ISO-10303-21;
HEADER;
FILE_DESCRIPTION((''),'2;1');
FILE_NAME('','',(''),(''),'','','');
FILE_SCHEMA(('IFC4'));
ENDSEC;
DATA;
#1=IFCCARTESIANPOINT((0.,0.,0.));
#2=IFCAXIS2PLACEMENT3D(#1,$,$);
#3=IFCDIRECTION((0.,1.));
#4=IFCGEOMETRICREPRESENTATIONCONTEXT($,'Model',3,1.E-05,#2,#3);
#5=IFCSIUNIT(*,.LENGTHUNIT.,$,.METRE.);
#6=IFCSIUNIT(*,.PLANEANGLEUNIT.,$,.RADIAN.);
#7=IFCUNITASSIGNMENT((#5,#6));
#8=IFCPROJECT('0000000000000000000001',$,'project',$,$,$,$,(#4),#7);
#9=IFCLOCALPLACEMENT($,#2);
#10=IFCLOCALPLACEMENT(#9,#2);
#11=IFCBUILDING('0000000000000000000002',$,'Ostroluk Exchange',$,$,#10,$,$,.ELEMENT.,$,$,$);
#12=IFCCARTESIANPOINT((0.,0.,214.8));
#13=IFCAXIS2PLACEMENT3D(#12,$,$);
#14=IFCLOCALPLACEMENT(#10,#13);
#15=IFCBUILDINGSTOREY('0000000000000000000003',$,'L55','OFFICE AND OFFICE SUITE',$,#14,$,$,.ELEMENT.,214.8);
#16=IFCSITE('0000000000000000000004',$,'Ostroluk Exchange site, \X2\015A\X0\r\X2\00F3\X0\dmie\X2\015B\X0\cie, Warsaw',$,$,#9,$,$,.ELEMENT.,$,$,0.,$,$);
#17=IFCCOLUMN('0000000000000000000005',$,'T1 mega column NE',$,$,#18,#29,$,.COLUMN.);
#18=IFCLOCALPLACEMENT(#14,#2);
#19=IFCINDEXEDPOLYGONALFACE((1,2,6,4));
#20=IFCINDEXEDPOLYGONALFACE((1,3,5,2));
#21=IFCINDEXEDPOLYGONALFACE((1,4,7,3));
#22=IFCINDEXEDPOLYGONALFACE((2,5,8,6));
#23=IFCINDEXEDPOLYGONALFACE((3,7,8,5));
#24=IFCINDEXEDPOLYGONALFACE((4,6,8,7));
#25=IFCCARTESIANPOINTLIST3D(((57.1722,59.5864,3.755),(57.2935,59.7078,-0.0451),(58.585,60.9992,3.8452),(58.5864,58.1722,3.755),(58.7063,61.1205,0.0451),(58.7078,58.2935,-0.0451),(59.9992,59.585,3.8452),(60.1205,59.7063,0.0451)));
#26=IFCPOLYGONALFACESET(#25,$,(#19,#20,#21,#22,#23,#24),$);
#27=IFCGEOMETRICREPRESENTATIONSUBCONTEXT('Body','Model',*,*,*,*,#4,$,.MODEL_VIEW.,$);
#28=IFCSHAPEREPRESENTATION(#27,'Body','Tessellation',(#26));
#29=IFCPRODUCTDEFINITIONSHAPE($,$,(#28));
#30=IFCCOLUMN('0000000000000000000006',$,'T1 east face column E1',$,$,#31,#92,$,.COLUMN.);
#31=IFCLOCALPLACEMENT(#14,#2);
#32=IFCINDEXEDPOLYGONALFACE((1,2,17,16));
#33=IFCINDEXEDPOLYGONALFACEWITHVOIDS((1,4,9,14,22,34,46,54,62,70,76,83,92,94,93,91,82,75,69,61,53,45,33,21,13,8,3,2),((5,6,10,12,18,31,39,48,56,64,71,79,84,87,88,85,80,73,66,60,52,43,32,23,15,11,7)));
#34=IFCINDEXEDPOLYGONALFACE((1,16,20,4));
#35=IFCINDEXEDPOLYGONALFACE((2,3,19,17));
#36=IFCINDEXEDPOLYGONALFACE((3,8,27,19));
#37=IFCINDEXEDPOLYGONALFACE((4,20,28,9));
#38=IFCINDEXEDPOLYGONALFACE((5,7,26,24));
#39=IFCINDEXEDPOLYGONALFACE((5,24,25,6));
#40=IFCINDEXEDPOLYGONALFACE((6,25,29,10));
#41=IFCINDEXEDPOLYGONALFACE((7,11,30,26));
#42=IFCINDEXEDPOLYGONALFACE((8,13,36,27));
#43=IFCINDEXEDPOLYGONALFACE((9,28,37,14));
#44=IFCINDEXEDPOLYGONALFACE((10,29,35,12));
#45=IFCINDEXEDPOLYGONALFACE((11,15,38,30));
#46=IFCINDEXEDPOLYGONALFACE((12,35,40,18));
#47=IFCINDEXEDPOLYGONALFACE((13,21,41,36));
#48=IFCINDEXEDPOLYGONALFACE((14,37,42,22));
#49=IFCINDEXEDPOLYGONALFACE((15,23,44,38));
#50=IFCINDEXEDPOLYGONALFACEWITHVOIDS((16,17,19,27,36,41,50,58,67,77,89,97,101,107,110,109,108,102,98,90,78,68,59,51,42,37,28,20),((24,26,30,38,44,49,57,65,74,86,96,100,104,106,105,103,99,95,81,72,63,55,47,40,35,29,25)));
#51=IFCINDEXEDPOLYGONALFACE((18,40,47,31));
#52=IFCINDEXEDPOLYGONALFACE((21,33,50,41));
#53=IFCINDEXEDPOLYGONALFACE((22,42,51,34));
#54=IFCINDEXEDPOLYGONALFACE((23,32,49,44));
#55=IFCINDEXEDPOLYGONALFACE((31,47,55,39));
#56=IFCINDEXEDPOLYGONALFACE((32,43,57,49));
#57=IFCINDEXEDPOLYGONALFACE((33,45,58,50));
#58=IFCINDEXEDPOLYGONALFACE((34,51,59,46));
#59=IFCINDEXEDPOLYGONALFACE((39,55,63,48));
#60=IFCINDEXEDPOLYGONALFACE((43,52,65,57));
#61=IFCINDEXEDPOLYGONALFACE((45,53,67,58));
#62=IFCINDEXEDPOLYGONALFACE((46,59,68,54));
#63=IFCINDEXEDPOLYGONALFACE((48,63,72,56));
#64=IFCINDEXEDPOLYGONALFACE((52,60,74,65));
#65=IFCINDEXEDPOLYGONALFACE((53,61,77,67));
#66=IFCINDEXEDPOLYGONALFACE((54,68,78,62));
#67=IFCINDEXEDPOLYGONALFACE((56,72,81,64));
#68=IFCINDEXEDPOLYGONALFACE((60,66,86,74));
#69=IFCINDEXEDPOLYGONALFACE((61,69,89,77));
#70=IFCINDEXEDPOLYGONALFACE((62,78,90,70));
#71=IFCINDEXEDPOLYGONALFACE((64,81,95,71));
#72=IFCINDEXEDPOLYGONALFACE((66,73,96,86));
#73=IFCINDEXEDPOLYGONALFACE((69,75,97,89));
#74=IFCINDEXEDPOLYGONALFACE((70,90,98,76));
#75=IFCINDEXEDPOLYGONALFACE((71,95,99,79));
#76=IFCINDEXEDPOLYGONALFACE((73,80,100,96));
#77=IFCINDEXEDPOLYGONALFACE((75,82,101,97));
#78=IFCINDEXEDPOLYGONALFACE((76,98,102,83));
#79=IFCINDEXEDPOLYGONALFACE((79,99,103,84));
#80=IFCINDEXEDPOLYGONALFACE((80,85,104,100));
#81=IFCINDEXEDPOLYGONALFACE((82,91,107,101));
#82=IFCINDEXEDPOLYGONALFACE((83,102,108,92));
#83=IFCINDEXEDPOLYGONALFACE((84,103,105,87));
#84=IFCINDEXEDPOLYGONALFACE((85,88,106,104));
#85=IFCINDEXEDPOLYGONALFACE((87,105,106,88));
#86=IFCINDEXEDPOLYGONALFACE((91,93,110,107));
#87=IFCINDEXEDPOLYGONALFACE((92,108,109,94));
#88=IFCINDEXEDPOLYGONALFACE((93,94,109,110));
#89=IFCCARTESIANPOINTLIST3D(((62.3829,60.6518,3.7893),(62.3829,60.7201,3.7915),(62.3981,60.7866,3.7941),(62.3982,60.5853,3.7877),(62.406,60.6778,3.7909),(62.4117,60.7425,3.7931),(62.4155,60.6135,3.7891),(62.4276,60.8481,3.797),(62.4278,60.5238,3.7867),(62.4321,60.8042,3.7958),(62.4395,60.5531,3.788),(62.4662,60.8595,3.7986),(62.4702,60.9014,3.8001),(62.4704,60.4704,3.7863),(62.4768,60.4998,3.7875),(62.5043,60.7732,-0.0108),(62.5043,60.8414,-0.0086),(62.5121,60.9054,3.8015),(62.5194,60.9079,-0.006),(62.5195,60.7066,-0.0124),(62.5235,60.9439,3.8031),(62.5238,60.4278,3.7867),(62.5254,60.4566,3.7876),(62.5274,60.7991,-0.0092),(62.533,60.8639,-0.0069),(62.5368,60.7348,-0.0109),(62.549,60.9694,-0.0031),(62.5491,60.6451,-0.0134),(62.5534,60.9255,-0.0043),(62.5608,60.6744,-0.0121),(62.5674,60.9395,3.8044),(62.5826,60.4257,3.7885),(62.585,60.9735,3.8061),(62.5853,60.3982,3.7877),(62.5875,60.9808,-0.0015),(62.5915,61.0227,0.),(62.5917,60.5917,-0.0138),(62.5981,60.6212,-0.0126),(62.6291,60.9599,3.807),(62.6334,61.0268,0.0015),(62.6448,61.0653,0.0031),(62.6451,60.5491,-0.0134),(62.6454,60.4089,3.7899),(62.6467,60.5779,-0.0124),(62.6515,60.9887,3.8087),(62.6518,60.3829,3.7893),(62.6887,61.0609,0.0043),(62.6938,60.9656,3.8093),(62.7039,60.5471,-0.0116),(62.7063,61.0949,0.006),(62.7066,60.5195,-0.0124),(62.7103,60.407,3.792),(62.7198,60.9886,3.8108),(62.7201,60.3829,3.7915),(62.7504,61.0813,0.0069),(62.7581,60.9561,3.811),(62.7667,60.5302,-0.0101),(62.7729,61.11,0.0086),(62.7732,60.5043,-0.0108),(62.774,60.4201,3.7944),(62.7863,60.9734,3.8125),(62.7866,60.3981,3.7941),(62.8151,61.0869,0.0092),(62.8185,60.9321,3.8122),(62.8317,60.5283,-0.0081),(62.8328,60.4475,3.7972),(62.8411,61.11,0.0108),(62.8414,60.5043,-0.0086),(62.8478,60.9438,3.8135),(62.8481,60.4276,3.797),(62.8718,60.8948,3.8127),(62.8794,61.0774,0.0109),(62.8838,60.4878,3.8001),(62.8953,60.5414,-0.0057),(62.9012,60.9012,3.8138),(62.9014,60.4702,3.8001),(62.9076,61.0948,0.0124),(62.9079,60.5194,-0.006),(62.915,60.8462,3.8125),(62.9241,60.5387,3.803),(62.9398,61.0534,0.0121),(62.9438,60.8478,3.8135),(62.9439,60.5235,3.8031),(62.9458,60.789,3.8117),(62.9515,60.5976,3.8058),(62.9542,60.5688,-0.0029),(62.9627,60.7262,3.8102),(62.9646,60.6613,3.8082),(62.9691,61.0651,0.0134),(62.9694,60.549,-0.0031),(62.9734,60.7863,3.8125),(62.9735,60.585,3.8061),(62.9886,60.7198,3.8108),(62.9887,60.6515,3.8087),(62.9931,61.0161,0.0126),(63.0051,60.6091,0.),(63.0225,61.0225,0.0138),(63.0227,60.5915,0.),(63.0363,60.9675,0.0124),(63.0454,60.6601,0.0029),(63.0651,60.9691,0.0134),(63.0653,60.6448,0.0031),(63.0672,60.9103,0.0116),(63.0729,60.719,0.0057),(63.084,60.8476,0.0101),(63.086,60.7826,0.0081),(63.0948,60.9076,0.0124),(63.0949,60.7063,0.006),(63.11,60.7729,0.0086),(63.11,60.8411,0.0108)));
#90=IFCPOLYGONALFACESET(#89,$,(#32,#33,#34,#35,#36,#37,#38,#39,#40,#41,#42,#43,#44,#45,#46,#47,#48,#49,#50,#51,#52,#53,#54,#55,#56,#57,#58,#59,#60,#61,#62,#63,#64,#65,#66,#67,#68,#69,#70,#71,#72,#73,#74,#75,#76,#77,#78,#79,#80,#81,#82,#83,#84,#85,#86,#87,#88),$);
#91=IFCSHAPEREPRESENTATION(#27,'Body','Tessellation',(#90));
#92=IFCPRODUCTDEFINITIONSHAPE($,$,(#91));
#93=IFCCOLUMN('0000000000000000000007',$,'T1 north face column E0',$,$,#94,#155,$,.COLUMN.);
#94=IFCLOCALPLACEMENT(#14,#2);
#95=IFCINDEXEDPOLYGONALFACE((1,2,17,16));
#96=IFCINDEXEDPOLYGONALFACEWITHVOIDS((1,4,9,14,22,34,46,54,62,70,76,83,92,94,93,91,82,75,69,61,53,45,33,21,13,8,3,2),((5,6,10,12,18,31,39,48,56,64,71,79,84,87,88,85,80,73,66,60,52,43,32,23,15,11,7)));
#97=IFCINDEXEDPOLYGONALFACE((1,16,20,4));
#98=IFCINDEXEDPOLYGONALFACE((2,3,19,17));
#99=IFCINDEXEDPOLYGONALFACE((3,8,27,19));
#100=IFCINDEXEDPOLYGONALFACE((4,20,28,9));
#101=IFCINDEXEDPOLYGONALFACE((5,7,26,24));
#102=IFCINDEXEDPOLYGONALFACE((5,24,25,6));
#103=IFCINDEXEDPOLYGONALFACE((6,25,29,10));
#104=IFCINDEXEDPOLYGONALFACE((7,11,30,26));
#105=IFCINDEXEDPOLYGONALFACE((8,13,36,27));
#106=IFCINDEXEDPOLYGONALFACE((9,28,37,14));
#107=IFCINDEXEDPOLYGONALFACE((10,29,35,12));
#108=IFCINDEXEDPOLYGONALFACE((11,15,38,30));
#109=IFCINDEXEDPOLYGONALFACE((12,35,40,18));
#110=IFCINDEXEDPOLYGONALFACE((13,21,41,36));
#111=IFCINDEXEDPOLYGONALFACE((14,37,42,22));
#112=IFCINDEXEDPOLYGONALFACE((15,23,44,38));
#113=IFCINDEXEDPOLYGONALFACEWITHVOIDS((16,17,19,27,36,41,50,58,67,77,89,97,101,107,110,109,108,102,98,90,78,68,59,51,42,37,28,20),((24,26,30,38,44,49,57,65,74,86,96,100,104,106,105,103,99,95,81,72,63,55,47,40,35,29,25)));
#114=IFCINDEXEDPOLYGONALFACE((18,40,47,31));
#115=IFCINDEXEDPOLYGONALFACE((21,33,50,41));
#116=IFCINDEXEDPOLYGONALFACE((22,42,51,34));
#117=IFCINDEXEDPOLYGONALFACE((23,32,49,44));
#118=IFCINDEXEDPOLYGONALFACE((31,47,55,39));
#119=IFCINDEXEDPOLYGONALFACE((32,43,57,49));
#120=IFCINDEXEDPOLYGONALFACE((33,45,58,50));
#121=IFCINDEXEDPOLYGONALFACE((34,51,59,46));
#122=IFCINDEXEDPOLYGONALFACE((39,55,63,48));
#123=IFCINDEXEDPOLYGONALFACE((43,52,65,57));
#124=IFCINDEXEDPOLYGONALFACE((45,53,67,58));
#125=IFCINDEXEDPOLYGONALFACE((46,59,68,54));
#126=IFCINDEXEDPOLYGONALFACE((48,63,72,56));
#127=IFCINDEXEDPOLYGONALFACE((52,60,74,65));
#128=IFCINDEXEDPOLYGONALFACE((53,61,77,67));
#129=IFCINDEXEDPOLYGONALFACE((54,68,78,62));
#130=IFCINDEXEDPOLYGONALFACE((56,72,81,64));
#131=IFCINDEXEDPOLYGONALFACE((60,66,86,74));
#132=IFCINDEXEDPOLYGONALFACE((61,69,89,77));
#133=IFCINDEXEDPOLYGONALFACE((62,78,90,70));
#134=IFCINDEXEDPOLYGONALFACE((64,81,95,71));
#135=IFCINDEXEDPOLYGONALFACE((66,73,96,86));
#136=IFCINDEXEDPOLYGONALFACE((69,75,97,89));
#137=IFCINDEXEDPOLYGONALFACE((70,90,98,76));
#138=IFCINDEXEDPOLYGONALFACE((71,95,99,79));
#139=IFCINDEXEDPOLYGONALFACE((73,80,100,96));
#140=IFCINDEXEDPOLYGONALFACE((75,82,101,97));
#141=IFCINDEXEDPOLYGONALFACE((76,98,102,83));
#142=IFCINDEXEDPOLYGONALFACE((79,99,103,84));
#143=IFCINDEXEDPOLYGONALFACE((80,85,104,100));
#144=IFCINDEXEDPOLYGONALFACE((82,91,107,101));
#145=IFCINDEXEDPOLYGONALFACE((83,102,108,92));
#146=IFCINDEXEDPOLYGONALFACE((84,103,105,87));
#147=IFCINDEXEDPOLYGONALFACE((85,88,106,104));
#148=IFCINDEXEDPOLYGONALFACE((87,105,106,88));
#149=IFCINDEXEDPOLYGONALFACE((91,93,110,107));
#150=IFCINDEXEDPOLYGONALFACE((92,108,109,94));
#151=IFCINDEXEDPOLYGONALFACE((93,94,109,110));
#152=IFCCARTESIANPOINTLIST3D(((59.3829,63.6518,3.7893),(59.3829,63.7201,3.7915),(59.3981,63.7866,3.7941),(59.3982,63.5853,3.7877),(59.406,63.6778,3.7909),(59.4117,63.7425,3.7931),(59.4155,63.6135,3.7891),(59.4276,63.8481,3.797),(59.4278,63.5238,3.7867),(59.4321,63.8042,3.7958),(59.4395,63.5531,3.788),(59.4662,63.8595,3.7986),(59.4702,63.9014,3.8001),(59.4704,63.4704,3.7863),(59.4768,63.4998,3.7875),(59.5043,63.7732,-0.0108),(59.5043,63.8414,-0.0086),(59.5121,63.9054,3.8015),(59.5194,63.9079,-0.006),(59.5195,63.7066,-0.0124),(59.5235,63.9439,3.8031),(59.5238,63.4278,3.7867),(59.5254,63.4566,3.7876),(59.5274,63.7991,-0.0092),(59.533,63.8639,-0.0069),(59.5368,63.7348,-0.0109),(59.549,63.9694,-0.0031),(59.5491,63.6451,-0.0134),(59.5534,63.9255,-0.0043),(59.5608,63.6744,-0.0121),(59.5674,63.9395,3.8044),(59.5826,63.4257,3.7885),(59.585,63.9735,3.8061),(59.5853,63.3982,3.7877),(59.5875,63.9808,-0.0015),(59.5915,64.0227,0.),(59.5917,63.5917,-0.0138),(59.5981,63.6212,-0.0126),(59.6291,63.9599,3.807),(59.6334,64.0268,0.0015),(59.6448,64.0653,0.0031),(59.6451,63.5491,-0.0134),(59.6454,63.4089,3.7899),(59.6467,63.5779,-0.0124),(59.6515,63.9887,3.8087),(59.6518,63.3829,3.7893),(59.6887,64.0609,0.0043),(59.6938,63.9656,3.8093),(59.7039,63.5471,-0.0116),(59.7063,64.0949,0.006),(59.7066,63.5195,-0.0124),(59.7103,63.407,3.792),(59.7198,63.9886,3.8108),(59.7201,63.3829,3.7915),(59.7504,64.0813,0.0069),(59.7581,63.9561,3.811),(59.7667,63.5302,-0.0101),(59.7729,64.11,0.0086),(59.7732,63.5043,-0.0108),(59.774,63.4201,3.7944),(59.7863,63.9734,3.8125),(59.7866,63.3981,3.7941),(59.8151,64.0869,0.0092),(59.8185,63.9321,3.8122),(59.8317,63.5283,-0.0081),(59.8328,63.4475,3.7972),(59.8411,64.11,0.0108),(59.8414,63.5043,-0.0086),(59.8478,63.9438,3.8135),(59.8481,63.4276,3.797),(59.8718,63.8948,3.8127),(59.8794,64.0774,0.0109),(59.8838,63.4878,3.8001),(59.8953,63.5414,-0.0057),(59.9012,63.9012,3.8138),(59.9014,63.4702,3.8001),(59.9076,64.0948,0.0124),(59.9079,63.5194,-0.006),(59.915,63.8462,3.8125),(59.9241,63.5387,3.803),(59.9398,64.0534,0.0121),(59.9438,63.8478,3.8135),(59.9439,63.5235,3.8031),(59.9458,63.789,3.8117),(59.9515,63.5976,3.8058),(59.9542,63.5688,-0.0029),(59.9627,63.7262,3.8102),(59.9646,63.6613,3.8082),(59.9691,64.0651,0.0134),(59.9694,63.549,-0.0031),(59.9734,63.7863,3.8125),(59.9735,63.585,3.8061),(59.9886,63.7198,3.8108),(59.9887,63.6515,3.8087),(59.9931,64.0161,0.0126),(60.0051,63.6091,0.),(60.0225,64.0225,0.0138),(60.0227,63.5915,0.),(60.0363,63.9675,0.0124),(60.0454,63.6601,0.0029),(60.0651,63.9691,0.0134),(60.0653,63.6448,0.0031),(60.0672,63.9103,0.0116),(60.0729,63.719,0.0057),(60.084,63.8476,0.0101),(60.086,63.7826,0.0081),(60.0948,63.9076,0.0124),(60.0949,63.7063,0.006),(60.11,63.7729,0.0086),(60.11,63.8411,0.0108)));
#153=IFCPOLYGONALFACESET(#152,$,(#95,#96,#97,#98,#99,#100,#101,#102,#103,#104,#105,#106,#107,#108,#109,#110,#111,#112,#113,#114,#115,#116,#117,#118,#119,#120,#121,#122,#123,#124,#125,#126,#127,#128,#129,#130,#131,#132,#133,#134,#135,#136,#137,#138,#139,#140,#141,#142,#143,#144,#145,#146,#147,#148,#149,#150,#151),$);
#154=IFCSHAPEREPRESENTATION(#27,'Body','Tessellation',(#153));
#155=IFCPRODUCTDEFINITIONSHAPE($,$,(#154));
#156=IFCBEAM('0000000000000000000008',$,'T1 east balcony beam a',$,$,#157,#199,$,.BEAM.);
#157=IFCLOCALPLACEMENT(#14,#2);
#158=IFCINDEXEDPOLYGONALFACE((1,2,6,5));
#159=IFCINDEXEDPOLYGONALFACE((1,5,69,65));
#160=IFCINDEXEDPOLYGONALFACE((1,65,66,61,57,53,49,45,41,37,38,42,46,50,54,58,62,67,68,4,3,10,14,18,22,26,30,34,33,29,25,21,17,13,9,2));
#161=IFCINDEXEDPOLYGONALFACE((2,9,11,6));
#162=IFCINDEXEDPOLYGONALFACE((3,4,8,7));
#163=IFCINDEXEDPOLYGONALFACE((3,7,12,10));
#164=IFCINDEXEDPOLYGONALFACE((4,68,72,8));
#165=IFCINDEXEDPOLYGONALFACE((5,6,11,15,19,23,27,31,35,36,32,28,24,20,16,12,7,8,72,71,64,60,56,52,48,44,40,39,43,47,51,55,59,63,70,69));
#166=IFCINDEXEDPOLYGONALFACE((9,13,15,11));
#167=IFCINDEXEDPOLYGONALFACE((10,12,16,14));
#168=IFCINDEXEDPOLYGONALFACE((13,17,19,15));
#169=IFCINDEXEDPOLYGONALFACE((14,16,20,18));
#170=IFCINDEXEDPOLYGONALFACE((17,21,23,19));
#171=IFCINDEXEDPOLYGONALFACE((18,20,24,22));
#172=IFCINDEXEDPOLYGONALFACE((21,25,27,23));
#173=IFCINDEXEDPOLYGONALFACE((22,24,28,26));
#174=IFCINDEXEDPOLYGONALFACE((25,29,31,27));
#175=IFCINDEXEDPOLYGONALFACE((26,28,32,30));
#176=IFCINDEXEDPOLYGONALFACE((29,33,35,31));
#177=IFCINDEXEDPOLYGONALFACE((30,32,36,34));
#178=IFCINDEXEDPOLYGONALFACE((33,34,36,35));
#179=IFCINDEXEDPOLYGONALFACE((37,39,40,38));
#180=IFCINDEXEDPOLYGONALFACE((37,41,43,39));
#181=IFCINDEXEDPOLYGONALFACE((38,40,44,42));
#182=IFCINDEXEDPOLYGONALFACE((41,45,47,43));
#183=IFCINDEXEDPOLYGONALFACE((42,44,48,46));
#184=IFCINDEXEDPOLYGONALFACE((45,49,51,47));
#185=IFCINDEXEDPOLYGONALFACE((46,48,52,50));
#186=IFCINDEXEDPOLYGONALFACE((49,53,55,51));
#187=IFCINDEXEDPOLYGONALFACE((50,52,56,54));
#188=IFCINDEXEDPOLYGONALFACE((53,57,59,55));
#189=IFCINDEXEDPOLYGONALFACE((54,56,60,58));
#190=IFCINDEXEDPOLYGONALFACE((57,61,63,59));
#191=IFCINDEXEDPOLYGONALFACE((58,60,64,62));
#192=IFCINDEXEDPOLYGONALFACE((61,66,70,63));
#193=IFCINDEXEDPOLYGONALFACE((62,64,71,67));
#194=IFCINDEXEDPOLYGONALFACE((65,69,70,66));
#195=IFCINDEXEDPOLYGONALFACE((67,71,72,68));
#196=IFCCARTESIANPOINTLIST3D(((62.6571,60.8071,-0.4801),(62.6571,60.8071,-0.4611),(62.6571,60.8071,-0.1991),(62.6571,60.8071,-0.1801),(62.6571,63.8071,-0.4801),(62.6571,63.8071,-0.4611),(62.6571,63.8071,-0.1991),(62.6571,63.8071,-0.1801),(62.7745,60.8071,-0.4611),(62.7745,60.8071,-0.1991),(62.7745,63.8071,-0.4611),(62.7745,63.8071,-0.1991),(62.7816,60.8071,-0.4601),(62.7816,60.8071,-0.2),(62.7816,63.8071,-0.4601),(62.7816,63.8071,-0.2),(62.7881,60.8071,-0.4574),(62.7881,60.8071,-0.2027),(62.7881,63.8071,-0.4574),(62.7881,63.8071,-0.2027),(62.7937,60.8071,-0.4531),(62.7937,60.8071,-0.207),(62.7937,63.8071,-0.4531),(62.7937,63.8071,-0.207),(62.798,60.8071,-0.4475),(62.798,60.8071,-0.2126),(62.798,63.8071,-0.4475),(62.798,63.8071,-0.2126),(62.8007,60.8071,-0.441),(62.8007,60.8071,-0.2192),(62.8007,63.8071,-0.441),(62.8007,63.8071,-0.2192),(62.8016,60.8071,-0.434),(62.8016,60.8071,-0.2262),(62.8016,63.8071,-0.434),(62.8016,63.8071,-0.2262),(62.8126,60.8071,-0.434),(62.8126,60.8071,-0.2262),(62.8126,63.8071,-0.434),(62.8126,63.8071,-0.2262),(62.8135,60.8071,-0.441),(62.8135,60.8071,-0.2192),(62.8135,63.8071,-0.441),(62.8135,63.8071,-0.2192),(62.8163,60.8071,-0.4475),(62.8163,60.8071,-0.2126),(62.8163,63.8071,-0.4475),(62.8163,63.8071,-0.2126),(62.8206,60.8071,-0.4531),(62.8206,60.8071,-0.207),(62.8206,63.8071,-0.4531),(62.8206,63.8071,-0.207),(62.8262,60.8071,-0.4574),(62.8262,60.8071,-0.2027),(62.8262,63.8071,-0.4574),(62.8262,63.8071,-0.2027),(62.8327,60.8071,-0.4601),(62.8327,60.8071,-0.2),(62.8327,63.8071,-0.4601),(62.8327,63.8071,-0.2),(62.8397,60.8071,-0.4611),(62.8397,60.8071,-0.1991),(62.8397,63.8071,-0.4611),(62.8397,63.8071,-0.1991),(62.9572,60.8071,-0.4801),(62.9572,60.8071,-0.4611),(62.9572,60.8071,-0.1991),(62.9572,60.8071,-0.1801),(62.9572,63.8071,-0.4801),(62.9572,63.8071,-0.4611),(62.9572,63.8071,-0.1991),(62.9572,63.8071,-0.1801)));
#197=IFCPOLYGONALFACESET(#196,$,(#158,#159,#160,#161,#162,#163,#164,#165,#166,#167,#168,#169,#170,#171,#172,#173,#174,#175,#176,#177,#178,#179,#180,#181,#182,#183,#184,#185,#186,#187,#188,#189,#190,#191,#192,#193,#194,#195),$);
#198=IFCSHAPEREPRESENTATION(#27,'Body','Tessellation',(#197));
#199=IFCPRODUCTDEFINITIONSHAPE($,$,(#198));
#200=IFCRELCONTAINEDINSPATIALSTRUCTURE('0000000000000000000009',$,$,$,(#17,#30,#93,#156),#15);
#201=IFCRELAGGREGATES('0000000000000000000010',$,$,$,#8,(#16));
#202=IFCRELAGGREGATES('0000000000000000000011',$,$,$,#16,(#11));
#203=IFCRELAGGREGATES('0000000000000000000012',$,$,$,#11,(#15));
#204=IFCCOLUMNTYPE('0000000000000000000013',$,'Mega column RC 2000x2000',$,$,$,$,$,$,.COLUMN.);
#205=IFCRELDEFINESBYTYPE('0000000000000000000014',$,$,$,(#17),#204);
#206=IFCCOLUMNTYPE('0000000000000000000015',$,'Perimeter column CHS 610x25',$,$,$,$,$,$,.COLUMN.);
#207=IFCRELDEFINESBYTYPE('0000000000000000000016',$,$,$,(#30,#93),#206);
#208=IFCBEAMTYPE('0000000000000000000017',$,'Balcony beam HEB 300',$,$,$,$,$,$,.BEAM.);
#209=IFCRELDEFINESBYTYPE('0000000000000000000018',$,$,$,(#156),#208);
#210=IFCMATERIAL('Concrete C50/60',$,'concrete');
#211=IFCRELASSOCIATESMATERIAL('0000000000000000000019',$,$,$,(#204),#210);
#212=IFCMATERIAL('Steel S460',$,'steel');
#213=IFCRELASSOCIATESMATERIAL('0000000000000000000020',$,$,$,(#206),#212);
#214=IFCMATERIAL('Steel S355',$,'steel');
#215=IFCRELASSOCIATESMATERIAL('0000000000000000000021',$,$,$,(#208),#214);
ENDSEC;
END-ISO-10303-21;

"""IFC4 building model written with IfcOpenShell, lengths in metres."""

from ifc_helpers import new_model, si_unit, direction, frame, origin, origin_2d, place, context, subcontext, project, spatial, rectangle, hollow_circle, i_section, extrude, material, material_profile, profile_set, type_object, element, save


model = new_model("IFC4")

# Units and contexts
model_context = context("Model", 3, precision=1e-05, world=origin(), true_north=direction((0.0, 1.0)))
body_context = subcontext(model_context, "Body", "Model", "MODEL_VIEW")
ifc_project = project(units=[si_unit("LENGTHUNIT", "METRE"), si_unit("PLANEANGLEUNIT", "RADIAN")], contexts=[model_context])

# Site, building, storey
site_placement = place(None, origin())
site = spatial("IfcSite", under=ifc_project, at=site_placement, Name="Ostroluk Exchange site, Śródmieście, Warsaw", CompositionType="ELEMENT", RefElevation=0.0)
building_placement = place(site_placement, origin())
building = spatial("IfcBuilding", under=site, at=building_placement, Name="Ostroluk Exchange", CompositionType="ELEMENT")
storey_placement = place(building_placement, frame((0.0, 0.0, 214.8)))
storey = spatial("IfcBuildingStorey", under=building, at=storey_placement, Name="L55", Description="OFFICE AND OFFICE SUITE", CompositionType="ELEMENT", Elevation=214.8)

# Columns
ifc_material_1 = material(Name="Concrete C50/60", Category="concrete")
ifc_material_profile_1 = material_profile(ifc_material_1, rectangle(XDim=2.0, YDim=2.0, at=origin_2d()), Name="RC 2000x2000")
ifc_profile_set_1 = profile_set([ifc_material_profile_1], Name="Concrete C50/60")
column_type_1 = type_object("IfcColumnType", Name="Mega column RC 2000x2000", PredefinedType="COLUMN", material=ifc_profile_set_1)
column_placement = place(storey_placement, frame((58.707, 59.707, 0.0), z_axis=(-0.031898, -0.031898, 0.998982), x_axis=(0.707107, -0.707107, 0.0)))
element("IfcColumn", 1, at=column_placement, inside=storey, type_object=column_type_1, Name="T1 mega column NE", PredefinedType="COLUMN", context=body_context, shape_type="SweptSolid", body=[
    extrude(rectangle(XDim=2.0, YDim=2.0, at=origin_2d()), origin(), (0.0, 0.0, 1.0), 3.804),
])
ifc_material_2 = material(Name="Steel S460", Category="steel")
ifc_material_profile_2 = material_profile(ifc_material_2, hollow_circle(Radius=0.3049, WallThickness=0.0249, at=origin_2d()), Name="CHS 610x25")
ifc_profile_set_2 = profile_set([ifc_material_profile_2], Name="Steel S460")
column_type_2 = type_object("IfcColumnType", Name="Perimeter column CHS 610x25", PredefinedType="COLUMN", material=ifc_profile_set_2)
for number, where, z_axis, x_axis, name in (
    (2, (62.8071, 60.8071, 0.0), (-0.031898, -0.031898, 0.998982), (0.707107, -0.707107, 0.0), "T1 east face column E1"),
    (3, (59.8071, 63.8071, 0.0), (-0.031898, -0.031898, 0.998982), (0.707107, -0.707107, 0.0), "T1 north face column E0"),
):
    element("IfcColumn", number, at=place(storey_placement, frame(where, z_axis=z_axis, x_axis=x_axis)), inside=storey, type_object=column_type_2, Name=name, PredefinedType="COLUMN", context=body_context, shape_type="SweptSolid", body=[
        extrude(hollow_circle(Radius=0.3049, WallThickness=0.0249, at=origin_2d()), origin(), (0.0, 0.0, 1.0), 3.804),
    ])

# Beam
ifc_material_3 = material(Name="Steel S355", Category="steel")
ifc_material_profile_3 = material_profile(ifc_material_3, i_section(OverallWidth=0.3, OverallDepth=0.3, WebThickness=0.011, FlangeThickness=0.019, FilletRadius=0.0271, at=origin_2d()), Name="HEB 300")
ifc_profile_set_3 = profile_set([ifc_material_profile_3], Name="Steel S355")
beam_type_1 = type_object("IfcBeamType", Name="Balcony beam HEB 300", PredefinedType="BEAM", material=ifc_profile_set_3)
for number, where, z_axis, x_axis, name in (
    (4, (62.8071, 60.8071, -0.3301), (0.0, 1.0, 0.0), (-1.0, 0.0, 0.0), "T1 east balcony beam a"),
):
    element("IfcBeam", number, at=place(storey_placement, frame(where, z_axis=z_axis, x_axis=x_axis)), inside=storey, type_object=beam_type_1, Name=name, PredefinedType="BEAM", context=body_context, shape_type="SweptSolid", body=[
        extrude(i_section(OverallWidth=0.3, OverallDepth=0.3, WebThickness=0.011, FlangeThickness=0.019, FilletRadius=0.0271, at=origin_2d()), origin(), (0.0, 0.0, 1.0), 3.0),
    ])

save(model, "model.ifc")
